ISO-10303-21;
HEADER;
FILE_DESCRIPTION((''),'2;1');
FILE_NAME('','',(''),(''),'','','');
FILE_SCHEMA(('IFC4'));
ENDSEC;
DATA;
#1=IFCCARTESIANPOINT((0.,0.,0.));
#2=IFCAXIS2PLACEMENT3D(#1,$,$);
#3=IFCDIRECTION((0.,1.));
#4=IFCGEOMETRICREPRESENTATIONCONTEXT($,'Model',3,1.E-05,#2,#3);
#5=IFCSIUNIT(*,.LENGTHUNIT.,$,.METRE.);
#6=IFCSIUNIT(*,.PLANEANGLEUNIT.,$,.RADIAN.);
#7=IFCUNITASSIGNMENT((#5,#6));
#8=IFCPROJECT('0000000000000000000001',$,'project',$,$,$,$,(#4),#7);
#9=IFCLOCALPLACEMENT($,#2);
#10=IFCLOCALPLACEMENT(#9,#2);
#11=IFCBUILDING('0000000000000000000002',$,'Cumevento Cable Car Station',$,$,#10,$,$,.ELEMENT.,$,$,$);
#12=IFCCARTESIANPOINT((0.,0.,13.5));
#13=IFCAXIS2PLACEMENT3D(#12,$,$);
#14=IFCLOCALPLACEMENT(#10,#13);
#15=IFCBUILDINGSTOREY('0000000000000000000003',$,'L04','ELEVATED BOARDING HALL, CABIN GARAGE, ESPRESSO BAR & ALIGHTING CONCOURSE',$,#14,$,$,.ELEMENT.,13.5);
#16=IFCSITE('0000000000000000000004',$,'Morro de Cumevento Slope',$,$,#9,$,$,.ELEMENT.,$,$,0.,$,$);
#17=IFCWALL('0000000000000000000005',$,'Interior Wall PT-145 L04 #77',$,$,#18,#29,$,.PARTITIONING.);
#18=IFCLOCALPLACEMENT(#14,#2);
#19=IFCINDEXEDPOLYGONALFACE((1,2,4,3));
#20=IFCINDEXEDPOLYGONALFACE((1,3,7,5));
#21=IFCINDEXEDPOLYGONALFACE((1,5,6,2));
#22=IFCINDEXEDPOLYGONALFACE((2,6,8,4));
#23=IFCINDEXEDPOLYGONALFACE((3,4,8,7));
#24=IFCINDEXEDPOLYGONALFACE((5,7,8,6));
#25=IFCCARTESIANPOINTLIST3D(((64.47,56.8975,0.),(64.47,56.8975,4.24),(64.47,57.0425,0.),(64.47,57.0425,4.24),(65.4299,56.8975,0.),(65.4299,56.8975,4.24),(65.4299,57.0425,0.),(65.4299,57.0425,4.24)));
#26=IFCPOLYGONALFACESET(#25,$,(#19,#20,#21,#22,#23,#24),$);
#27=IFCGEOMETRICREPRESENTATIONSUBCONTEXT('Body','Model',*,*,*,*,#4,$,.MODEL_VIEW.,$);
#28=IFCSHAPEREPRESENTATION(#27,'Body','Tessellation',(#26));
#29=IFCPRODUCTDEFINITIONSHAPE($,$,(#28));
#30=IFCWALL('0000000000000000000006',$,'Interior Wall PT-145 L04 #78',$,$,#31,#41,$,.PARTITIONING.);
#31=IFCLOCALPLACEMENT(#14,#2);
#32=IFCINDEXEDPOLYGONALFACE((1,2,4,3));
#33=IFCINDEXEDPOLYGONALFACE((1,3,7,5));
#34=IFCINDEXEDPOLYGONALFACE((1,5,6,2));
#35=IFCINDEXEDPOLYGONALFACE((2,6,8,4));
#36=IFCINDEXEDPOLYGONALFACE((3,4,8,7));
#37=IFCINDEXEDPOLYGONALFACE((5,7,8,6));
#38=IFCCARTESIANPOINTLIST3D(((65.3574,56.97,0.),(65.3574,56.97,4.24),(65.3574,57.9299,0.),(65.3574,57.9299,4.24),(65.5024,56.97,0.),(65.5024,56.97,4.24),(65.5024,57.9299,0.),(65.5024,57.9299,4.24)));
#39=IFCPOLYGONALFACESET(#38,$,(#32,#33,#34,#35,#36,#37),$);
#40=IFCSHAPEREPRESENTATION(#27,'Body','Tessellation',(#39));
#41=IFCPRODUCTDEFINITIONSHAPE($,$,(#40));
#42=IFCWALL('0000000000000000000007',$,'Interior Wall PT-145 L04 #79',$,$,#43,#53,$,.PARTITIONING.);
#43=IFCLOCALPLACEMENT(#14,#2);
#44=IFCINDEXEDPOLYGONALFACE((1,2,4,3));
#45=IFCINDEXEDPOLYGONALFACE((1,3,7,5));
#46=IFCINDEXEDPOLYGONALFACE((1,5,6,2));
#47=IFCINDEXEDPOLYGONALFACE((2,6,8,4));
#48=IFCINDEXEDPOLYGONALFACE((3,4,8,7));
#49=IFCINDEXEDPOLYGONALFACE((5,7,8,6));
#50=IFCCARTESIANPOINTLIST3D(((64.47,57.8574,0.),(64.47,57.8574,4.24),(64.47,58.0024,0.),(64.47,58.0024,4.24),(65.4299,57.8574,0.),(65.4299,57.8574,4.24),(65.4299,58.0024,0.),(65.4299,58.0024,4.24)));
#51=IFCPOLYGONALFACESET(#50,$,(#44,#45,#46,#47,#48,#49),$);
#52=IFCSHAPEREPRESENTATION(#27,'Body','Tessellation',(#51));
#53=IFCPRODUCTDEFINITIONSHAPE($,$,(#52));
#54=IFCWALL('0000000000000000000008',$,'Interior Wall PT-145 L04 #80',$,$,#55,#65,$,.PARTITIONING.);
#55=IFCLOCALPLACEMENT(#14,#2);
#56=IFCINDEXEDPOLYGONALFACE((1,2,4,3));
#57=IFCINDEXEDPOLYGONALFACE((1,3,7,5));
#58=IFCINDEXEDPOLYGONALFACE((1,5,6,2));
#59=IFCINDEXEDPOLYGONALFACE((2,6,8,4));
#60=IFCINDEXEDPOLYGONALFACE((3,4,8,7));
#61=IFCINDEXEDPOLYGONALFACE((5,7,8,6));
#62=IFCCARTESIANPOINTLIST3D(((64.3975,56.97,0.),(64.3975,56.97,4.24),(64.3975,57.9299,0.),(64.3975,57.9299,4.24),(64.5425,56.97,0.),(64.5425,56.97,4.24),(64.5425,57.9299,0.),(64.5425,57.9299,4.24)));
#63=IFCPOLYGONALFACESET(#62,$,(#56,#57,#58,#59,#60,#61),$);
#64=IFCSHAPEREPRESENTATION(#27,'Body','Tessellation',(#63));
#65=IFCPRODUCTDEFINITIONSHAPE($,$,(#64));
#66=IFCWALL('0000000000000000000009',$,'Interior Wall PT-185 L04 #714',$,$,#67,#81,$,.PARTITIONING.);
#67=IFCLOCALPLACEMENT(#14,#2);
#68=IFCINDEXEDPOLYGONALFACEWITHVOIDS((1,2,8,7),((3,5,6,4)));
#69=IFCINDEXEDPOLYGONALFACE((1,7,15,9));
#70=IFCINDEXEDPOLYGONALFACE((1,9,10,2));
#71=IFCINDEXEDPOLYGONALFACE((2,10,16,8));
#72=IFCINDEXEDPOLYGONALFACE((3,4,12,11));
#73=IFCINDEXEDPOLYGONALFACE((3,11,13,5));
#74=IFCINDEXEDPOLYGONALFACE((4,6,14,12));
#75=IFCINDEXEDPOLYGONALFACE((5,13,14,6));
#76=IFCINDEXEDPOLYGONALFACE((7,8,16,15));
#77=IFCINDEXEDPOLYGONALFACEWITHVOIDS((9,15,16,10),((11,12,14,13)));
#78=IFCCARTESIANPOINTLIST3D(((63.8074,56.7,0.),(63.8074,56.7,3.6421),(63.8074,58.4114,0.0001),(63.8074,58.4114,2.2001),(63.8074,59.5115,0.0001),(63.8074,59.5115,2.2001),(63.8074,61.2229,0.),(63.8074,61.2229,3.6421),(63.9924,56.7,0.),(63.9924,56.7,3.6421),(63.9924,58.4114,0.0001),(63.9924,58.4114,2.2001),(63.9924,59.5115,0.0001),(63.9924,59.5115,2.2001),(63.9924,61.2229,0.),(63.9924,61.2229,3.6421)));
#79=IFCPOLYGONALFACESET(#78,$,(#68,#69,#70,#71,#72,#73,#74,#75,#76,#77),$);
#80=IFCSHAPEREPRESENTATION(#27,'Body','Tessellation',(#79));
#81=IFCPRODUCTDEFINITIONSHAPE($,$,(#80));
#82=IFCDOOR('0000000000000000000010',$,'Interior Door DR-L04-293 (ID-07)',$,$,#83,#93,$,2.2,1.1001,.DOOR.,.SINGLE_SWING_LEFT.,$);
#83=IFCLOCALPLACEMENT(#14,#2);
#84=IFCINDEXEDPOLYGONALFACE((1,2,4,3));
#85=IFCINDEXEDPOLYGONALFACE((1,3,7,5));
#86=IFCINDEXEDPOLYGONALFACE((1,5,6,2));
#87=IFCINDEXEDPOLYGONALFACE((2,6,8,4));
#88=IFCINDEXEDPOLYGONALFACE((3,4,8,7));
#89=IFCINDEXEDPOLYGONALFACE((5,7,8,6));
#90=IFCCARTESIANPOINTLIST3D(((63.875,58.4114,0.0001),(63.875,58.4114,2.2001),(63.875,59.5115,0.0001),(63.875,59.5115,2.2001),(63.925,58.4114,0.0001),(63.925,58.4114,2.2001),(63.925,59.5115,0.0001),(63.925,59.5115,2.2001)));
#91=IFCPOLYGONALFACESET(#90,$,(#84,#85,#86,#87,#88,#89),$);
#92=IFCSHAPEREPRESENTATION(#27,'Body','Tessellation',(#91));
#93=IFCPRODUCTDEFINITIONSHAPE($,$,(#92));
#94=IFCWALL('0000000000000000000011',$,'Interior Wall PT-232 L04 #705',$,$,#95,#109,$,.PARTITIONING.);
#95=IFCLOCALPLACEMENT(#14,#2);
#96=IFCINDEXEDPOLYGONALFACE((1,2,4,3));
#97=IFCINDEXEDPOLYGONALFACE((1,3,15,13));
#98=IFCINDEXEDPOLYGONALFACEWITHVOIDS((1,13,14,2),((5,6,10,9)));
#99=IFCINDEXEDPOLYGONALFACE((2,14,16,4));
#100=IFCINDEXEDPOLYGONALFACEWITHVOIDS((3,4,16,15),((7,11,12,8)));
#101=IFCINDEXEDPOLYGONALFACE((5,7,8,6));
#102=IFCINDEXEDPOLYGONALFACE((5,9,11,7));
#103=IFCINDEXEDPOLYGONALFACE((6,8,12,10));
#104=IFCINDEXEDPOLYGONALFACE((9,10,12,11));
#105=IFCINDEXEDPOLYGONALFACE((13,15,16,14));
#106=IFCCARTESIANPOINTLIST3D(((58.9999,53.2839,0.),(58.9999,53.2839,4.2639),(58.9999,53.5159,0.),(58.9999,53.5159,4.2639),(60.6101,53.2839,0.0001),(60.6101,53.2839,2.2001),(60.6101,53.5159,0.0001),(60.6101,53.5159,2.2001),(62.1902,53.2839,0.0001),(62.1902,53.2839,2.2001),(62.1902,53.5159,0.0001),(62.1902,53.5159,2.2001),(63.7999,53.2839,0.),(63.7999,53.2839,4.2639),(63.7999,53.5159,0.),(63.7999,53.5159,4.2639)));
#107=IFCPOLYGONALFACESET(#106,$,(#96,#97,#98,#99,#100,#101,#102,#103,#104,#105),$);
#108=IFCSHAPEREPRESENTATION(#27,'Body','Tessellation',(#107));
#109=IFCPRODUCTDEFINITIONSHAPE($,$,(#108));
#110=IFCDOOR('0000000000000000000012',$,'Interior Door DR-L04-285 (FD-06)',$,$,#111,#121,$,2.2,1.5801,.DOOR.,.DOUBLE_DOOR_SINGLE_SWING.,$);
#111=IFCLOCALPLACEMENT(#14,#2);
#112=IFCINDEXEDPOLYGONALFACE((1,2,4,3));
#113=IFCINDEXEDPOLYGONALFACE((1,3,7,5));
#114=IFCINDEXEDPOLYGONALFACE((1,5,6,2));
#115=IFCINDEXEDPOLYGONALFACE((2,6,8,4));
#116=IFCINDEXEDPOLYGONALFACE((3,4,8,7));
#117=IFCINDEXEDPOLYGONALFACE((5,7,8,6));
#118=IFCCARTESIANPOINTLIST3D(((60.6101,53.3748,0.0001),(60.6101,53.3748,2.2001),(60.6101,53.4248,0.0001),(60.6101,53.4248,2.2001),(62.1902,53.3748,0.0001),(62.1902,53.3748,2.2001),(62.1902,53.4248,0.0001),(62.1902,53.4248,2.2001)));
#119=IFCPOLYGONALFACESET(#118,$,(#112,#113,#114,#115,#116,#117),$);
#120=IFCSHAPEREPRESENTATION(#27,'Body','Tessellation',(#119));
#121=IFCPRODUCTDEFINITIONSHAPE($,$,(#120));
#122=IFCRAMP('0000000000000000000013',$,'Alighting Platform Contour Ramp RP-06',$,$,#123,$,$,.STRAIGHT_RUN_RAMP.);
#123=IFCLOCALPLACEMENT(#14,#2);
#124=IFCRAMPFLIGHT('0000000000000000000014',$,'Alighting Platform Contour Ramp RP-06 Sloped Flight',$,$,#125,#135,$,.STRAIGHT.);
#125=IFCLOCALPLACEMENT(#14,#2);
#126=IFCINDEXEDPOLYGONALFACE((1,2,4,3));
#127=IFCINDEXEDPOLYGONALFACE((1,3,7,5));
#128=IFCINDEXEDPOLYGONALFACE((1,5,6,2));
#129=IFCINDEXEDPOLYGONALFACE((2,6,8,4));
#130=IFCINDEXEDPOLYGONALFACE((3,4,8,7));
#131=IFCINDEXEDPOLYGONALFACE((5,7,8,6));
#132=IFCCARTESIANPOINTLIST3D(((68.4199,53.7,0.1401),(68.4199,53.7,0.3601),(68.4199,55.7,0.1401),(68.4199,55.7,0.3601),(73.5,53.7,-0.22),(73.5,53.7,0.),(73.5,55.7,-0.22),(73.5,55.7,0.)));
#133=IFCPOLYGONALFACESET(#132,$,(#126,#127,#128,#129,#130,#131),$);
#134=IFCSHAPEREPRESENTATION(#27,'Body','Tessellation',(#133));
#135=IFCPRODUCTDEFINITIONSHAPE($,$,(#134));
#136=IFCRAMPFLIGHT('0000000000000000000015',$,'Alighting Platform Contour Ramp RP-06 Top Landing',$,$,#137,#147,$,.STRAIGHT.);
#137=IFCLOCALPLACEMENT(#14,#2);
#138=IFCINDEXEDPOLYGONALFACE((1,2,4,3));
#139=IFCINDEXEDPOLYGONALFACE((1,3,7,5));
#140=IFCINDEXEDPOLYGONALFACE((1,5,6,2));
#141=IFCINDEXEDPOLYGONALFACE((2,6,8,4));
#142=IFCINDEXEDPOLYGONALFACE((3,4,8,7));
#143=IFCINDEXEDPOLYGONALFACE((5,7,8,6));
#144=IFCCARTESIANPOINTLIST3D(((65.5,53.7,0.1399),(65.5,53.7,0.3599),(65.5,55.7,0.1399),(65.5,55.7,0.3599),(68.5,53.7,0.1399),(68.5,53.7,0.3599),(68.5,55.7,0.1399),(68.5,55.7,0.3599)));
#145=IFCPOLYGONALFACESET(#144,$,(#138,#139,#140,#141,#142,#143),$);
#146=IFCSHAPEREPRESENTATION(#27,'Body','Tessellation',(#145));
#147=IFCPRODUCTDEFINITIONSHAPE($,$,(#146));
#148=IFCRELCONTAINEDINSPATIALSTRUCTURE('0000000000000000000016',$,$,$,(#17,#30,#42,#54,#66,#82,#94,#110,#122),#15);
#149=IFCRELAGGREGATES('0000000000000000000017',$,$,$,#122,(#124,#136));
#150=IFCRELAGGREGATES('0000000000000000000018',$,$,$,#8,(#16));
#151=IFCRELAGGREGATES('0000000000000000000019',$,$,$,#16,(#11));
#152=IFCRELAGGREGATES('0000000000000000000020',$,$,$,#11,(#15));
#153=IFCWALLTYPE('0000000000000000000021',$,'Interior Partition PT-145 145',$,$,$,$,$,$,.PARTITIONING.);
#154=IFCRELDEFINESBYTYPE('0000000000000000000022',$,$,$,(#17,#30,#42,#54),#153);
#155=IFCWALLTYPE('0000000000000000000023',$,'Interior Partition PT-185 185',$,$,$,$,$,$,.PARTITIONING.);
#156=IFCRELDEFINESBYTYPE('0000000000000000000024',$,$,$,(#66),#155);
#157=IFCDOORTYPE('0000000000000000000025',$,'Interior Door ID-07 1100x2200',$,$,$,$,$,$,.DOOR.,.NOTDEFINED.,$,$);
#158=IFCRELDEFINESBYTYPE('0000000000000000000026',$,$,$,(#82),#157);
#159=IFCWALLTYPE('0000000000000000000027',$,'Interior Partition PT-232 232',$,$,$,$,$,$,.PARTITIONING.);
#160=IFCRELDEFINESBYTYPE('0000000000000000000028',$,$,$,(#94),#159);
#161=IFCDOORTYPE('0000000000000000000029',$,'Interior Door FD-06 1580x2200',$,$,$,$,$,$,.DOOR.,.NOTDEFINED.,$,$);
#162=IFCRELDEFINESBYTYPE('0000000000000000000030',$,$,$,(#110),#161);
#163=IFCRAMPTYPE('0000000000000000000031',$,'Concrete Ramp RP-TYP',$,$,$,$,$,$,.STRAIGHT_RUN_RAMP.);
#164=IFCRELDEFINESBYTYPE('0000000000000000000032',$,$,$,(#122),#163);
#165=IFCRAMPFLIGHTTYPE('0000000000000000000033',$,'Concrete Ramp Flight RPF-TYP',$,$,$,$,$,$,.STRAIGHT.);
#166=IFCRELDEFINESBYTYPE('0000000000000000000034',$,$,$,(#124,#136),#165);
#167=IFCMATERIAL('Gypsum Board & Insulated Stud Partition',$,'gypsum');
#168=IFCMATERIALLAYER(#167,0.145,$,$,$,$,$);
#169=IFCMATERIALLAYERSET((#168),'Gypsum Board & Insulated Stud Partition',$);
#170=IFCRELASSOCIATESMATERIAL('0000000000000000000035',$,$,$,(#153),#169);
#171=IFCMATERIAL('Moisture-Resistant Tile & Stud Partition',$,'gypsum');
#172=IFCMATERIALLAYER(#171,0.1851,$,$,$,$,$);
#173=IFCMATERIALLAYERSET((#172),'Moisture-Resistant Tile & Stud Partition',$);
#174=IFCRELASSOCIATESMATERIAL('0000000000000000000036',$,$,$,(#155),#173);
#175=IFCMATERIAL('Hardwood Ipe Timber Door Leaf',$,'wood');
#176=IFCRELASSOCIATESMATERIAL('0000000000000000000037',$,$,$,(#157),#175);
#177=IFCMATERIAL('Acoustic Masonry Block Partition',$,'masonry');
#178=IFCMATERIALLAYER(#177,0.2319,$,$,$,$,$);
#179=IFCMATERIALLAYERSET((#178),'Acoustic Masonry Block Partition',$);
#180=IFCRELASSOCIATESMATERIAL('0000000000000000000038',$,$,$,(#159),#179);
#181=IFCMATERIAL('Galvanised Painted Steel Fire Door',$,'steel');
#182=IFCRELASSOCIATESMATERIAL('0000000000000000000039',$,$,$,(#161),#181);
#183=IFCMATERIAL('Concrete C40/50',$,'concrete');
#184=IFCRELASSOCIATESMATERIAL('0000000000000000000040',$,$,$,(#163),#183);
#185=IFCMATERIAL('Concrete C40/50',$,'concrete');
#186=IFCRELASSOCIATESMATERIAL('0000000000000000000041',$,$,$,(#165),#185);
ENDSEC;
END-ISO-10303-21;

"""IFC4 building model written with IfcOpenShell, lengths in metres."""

from ifc_helpers import new_model, si_unit, direction, frame, frame_2d, origin, origin_2d, place, context, subcontext, project, spatial, polyline, rectangle, outline, extrude, material, layer, layer_set, type_object, element, fill, aggregate, save


model = new_model("IFC4")

# Units and contexts
model_context = context("Model", 3, precision=1e-05, world=origin(), true_north=direction((0.0, 1.0)))
body_context = subcontext(model_context, "Body", "Model", "MODEL_VIEW")
ifc_project = project(units=[si_unit("LENGTHUNIT", "METRE"), si_unit("PLANEANGLEUNIT", "RADIAN")], contexts=[model_context])

# Site, building, storey
site_placement = place(None, origin())
site = spatial("IfcSite", under=ifc_project, at=site_placement, Name="Morro de Cumevento Slope", CompositionType="ELEMENT", RefElevation=0.0)
building_placement = place(site_placement, origin())
building = spatial("IfcBuilding", under=site, at=building_placement, Name="Cumevento Cable Car Station", CompositionType="ELEMENT")
storey_placement = place(building_placement, frame((0.0, 0.0, 13.5)))
storey = spatial("IfcBuildingStorey", under=building, at=storey_placement, Name="L04", Description="ELEVATED BOARDING HALL, CABIN GARAGE, ESPRESSO BAR & ALIGHTING CONCOURSE", CompositionType="ELEMENT", Elevation=13.5)

# Walls
ifc_material_1 = material(Name="Gypsum Board & Insulated Stud Partition", Category="gypsum")
ifc_layer_1 = layer(ifc_material_1, 0.145)
ifc_layer_set_1 = layer_set([ifc_layer_1], Name="Gypsum Board & Insulated Stud Partition")
wall_type_1 = type_object("IfcWallType", Name="Interior Partition PT-145 145", PredefinedType="PARTITIONING", material=ifc_layer_set_1)
for number, where, z_axis, x_axis, name in (
    (1, (64.47, 56.97, 0.0), (0.0, 0.0, 1.0), (1.0, 0.0, 0.0), "Interior Wall PT-145 L04 #77"),
    (2, (65.4299, 56.97, 0.0), (0.0, 0.0, 1.0), (0.0, 1.0, 0.0), "Interior Wall PT-145 L04 #78"),
    (3, (65.4299, 57.9299, 0.0), (0.0, 0.0, 1.0), (-1.0, 0.0, 0.0), "Interior Wall PT-145 L04 #79"),
    (4, (64.47, 57.9299, 0.0), (0.0, 0.0, 1.0), (0.0, -1.0, 0.0), "Interior Wall PT-145 L04 #80"),
):
    element("IfcWall", number, at=place(storey_placement, frame(where, z_axis=z_axis, x_axis=x_axis)), inside=storey, type_object=wall_type_1, Name=name, PredefinedType="PARTITIONING", context=body_context, shape_type="SweptSolid", body=[
        extrude(rectangle(XDim=0.96, YDim=0.145, at=frame_2d((0.48, 0.0))), origin(), (0.0, 0.0, 1.0), 4.24),
    ])

# Walls, openings, doors
ifc_material_2 = material(Name="Moisture-Resistant Tile & Stud Partition", Category="gypsum")
ifc_layer_2 = layer(ifc_material_2, 0.1851)
ifc_layer_set_2 = layer_set([ifc_layer_2], Name="Moisture-Resistant Tile & Stud Partition")
wall_type_2 = type_object("IfcWallType", Name="Interior Partition PT-185 185", PredefinedType="PARTITIONING", material=ifc_layer_set_2)
wall_1_placement = place(storey_placement, frame((63.8999, 56.7, 0.0), z_axis=(0.0, 0.0, 1.0), x_axis=(0.0, 1.0, 0.0)))
wall_1 = element("IfcWall", 5, at=wall_1_placement, inside=storey, type_object=wall_type_2, Name="Interior Wall PT-185 L04 #714", PredefinedType="PARTITIONING", context=body_context, shape_type="SweptSolid", body=[
    extrude(rectangle(XDim=4.5229, YDim=0.1851, at=frame_2d((2.2615, 0.0))), origin(), (0.0, 0.0, 1.0), 3.6421),
])
opening_1_placement = place(wall_1_placement, frame((1.7114, 0.0, 0.0)))
opening_1 = element("IfcOpeningElement", 6, at=opening_1_placement, cuts=wall_1, PredefinedType="OPENING", context=body_context, shape_type="SweptSolid", body=[
    extrude(rectangle(XDim=1.1001, YDim=2.2, at=frame_2d((0.55, 1.1001))), frame((0.0, 0.1025, 0.0), z_axis=(0.0, -1.0, 0.0), x_axis=(1.0, 0.0, 0.0)), (0.0, 0.0, 1.0), 0.2051),
])
ifc_material_3 = material(Name="Hardwood Ipe Timber Door Leaf", Category="wood")
door_type_1 = type_object("IfcDoorType", Name="Interior Door ID-07 1100x2200", OperationType="NOTDEFINED", PredefinedType="DOOR", material=ifc_material_3)
door_1_placement = place(opening_1_placement, origin())
door_1 = element("IfcDoor", 7, at=door_1_placement, inside=storey, type_object=door_type_1, Name="Interior Door DR-L04-293 (ID-07)", OperationType="SINGLE_SWING_LEFT", OverallHeight=2.2, OverallWidth=1.1001, PredefinedType="DOOR", context=body_context, shape_type="SweptSolid", body=[
    extrude(rectangle(XDim=1.1001, YDim=2.2, at=frame_2d((0.55, 1.1001))), frame((0.0, 0.0249, 0.0), z_axis=(0.0, -1.0, 0.0), x_axis=(1.0, 0.0, 0.0)), (0.0, 0.0, 1.0), 0.05),
])
fill(opening_1, door_1)
ifc_material_4 = material(Name="Acoustic Masonry Block Partition", Category="masonry")
ifc_layer_3 = layer(ifc_material_4, 0.2319)
ifc_layer_set_3 = layer_set([ifc_layer_3], Name="Acoustic Masonry Block Partition")
wall_type_3 = type_object("IfcWallType", Name="Interior Partition PT-232 232", PredefinedType="PARTITIONING", material=ifc_layer_set_3)
wall_2_placement = place(storey_placement, frame((59.0, 53.3999, 0.0), z_axis=(0.0, 0.0, 1.0), x_axis=(1.0, 0.0, 0.0)))
wall_2 = element("IfcWall", 8, at=wall_2_placement, inside=storey, type_object=wall_type_3, Name="Interior Wall PT-232 L04 #705", PredefinedType="PARTITIONING", context=body_context, shape_type="SweptSolid", body=[
    extrude(rectangle(XDim=4.8, YDim=0.2319, at=frame_2d((2.3999, 0.0))), origin(), (0.0, 0.0, 1.0), 4.2639),
])
opening_2_placement = place(wall_2_placement, frame((1.6101, 0.0, 0.0)))
opening_2 = element("IfcOpeningElement", 9, at=opening_2_placement, cuts=wall_2, PredefinedType="OPENING", context=body_context, shape_type="SweptSolid", body=[
    extrude(rectangle(XDim=1.5801, YDim=2.2, at=frame_2d((0.79, 1.1001))), frame((0.0, 0.126, 0.0), z_axis=(0.0, -1.0, 0.0), x_axis=(1.0, 0.0, 0.0)), (0.0, 0.0, 1.0), 0.252),
])
ifc_material_5 = material(Name="Galvanised Painted Steel Fire Door", Category="steel")
door_type_2 = type_object("IfcDoorType", Name="Interior Door FD-06 1580x2200", OperationType="NOTDEFINED", PredefinedType="DOOR", material=ifc_material_5)
door_2_placement = place(opening_2_placement, origin())
door_2 = element("IfcDoor", 10, at=door_2_placement, inside=storey, type_object=door_type_2, Name="Interior Door DR-L04-285 (FD-06)", OperationType="DOUBLE_DOOR_SINGLE_SWING", OverallHeight=2.2, OverallWidth=1.5801, PredefinedType="DOOR", context=body_context, shape_type="SweptSolid", body=[
    extrude(rectangle(XDim=1.5801, YDim=2.2, at=frame_2d((0.79, 1.1001))), frame((0.0, 0.0249, 0.0), z_axis=(0.0, -1.0, 0.0), x_axis=(1.0, 0.0, 0.0)), (0.0, 0.0, 1.0), 0.05),
])
fill(opening_2, door_2)

# Ramp, ramp flights
ifc_material_6 = material(Name="Concrete C40/50", Category="concrete")
ramp_type = type_object("IfcRampType", Name="Concrete Ramp RP-TYP", PredefinedType="STRAIGHT_RUN_RAMP", material=ifc_material_6)
ramp_placement = place(storey_placement, origin())
ramp = element("IfcRamp", 11, at=ramp_placement, inside=storey, type_object=ramp_type, Name="Alighting Platform Contour Ramp RP-06", PredefinedType="STRAIGHT_RUN_RAMP")
ifc_material_7 = material(Name="Concrete C40/50", Category="concrete")
ramp_flight_type = type_object("IfcRampFlightType", Name="Concrete Ramp Flight RPF-TYP", PredefinedType="STRAIGHT", material=ifc_material_7)
ramp_flight_1_placement = place(storey_placement, frame((68.4199, 54.7, 0.3601), z_axis=(0.0, 0.0, 1.0), x_axis=(1.0, 0.0, 0.0)))
ramp_flight_1 = element("IfcRampFlight", 12, at=ramp_flight_1_placement, type_object=ramp_flight_type, Name="Alighting Platform Contour Ramp RP-06 Sloped Flight", PredefinedType="STRAIGHT", context=body_context, shape_type="SweptSolid", body=[
    extrude(outline(polyline([(0.0, 0.0), (5.0801, -0.3601), (5.0801, -0.5801), (0.0, -0.22), (0.0, 0.0)])), frame((0.0, 1.0, 0.0), z_axis=(0.0, -1.0, 0.0), x_axis=(1.0, 0.0, 0.0)), (0.0, 0.0, 1.0), 2.0),
])
ramp_flight_2_placement = place(storey_placement, frame((67.0, 54.7, 0.1399), z_axis=(0.0, 0.0, 1.0), x_axis=(1.0, 0.0, 0.0)))
ramp_flight_2 = element("IfcRampFlight", 13, at=ramp_flight_2_placement, type_object=ramp_flight_type, Name="Alighting Platform Contour Ramp RP-06 Top Landing", PredefinedType="STRAIGHT", context=body_context, shape_type="SweptSolid", body=[
    extrude(rectangle(XDim=3.0, YDim=2.0, at=origin_2d()), origin(), (0.0, 0.0, 1.0), 0.22),
])
aggregate(ramp, [ramp_flight_1, ramp_flight_2])

save(model, "model.ifc")
